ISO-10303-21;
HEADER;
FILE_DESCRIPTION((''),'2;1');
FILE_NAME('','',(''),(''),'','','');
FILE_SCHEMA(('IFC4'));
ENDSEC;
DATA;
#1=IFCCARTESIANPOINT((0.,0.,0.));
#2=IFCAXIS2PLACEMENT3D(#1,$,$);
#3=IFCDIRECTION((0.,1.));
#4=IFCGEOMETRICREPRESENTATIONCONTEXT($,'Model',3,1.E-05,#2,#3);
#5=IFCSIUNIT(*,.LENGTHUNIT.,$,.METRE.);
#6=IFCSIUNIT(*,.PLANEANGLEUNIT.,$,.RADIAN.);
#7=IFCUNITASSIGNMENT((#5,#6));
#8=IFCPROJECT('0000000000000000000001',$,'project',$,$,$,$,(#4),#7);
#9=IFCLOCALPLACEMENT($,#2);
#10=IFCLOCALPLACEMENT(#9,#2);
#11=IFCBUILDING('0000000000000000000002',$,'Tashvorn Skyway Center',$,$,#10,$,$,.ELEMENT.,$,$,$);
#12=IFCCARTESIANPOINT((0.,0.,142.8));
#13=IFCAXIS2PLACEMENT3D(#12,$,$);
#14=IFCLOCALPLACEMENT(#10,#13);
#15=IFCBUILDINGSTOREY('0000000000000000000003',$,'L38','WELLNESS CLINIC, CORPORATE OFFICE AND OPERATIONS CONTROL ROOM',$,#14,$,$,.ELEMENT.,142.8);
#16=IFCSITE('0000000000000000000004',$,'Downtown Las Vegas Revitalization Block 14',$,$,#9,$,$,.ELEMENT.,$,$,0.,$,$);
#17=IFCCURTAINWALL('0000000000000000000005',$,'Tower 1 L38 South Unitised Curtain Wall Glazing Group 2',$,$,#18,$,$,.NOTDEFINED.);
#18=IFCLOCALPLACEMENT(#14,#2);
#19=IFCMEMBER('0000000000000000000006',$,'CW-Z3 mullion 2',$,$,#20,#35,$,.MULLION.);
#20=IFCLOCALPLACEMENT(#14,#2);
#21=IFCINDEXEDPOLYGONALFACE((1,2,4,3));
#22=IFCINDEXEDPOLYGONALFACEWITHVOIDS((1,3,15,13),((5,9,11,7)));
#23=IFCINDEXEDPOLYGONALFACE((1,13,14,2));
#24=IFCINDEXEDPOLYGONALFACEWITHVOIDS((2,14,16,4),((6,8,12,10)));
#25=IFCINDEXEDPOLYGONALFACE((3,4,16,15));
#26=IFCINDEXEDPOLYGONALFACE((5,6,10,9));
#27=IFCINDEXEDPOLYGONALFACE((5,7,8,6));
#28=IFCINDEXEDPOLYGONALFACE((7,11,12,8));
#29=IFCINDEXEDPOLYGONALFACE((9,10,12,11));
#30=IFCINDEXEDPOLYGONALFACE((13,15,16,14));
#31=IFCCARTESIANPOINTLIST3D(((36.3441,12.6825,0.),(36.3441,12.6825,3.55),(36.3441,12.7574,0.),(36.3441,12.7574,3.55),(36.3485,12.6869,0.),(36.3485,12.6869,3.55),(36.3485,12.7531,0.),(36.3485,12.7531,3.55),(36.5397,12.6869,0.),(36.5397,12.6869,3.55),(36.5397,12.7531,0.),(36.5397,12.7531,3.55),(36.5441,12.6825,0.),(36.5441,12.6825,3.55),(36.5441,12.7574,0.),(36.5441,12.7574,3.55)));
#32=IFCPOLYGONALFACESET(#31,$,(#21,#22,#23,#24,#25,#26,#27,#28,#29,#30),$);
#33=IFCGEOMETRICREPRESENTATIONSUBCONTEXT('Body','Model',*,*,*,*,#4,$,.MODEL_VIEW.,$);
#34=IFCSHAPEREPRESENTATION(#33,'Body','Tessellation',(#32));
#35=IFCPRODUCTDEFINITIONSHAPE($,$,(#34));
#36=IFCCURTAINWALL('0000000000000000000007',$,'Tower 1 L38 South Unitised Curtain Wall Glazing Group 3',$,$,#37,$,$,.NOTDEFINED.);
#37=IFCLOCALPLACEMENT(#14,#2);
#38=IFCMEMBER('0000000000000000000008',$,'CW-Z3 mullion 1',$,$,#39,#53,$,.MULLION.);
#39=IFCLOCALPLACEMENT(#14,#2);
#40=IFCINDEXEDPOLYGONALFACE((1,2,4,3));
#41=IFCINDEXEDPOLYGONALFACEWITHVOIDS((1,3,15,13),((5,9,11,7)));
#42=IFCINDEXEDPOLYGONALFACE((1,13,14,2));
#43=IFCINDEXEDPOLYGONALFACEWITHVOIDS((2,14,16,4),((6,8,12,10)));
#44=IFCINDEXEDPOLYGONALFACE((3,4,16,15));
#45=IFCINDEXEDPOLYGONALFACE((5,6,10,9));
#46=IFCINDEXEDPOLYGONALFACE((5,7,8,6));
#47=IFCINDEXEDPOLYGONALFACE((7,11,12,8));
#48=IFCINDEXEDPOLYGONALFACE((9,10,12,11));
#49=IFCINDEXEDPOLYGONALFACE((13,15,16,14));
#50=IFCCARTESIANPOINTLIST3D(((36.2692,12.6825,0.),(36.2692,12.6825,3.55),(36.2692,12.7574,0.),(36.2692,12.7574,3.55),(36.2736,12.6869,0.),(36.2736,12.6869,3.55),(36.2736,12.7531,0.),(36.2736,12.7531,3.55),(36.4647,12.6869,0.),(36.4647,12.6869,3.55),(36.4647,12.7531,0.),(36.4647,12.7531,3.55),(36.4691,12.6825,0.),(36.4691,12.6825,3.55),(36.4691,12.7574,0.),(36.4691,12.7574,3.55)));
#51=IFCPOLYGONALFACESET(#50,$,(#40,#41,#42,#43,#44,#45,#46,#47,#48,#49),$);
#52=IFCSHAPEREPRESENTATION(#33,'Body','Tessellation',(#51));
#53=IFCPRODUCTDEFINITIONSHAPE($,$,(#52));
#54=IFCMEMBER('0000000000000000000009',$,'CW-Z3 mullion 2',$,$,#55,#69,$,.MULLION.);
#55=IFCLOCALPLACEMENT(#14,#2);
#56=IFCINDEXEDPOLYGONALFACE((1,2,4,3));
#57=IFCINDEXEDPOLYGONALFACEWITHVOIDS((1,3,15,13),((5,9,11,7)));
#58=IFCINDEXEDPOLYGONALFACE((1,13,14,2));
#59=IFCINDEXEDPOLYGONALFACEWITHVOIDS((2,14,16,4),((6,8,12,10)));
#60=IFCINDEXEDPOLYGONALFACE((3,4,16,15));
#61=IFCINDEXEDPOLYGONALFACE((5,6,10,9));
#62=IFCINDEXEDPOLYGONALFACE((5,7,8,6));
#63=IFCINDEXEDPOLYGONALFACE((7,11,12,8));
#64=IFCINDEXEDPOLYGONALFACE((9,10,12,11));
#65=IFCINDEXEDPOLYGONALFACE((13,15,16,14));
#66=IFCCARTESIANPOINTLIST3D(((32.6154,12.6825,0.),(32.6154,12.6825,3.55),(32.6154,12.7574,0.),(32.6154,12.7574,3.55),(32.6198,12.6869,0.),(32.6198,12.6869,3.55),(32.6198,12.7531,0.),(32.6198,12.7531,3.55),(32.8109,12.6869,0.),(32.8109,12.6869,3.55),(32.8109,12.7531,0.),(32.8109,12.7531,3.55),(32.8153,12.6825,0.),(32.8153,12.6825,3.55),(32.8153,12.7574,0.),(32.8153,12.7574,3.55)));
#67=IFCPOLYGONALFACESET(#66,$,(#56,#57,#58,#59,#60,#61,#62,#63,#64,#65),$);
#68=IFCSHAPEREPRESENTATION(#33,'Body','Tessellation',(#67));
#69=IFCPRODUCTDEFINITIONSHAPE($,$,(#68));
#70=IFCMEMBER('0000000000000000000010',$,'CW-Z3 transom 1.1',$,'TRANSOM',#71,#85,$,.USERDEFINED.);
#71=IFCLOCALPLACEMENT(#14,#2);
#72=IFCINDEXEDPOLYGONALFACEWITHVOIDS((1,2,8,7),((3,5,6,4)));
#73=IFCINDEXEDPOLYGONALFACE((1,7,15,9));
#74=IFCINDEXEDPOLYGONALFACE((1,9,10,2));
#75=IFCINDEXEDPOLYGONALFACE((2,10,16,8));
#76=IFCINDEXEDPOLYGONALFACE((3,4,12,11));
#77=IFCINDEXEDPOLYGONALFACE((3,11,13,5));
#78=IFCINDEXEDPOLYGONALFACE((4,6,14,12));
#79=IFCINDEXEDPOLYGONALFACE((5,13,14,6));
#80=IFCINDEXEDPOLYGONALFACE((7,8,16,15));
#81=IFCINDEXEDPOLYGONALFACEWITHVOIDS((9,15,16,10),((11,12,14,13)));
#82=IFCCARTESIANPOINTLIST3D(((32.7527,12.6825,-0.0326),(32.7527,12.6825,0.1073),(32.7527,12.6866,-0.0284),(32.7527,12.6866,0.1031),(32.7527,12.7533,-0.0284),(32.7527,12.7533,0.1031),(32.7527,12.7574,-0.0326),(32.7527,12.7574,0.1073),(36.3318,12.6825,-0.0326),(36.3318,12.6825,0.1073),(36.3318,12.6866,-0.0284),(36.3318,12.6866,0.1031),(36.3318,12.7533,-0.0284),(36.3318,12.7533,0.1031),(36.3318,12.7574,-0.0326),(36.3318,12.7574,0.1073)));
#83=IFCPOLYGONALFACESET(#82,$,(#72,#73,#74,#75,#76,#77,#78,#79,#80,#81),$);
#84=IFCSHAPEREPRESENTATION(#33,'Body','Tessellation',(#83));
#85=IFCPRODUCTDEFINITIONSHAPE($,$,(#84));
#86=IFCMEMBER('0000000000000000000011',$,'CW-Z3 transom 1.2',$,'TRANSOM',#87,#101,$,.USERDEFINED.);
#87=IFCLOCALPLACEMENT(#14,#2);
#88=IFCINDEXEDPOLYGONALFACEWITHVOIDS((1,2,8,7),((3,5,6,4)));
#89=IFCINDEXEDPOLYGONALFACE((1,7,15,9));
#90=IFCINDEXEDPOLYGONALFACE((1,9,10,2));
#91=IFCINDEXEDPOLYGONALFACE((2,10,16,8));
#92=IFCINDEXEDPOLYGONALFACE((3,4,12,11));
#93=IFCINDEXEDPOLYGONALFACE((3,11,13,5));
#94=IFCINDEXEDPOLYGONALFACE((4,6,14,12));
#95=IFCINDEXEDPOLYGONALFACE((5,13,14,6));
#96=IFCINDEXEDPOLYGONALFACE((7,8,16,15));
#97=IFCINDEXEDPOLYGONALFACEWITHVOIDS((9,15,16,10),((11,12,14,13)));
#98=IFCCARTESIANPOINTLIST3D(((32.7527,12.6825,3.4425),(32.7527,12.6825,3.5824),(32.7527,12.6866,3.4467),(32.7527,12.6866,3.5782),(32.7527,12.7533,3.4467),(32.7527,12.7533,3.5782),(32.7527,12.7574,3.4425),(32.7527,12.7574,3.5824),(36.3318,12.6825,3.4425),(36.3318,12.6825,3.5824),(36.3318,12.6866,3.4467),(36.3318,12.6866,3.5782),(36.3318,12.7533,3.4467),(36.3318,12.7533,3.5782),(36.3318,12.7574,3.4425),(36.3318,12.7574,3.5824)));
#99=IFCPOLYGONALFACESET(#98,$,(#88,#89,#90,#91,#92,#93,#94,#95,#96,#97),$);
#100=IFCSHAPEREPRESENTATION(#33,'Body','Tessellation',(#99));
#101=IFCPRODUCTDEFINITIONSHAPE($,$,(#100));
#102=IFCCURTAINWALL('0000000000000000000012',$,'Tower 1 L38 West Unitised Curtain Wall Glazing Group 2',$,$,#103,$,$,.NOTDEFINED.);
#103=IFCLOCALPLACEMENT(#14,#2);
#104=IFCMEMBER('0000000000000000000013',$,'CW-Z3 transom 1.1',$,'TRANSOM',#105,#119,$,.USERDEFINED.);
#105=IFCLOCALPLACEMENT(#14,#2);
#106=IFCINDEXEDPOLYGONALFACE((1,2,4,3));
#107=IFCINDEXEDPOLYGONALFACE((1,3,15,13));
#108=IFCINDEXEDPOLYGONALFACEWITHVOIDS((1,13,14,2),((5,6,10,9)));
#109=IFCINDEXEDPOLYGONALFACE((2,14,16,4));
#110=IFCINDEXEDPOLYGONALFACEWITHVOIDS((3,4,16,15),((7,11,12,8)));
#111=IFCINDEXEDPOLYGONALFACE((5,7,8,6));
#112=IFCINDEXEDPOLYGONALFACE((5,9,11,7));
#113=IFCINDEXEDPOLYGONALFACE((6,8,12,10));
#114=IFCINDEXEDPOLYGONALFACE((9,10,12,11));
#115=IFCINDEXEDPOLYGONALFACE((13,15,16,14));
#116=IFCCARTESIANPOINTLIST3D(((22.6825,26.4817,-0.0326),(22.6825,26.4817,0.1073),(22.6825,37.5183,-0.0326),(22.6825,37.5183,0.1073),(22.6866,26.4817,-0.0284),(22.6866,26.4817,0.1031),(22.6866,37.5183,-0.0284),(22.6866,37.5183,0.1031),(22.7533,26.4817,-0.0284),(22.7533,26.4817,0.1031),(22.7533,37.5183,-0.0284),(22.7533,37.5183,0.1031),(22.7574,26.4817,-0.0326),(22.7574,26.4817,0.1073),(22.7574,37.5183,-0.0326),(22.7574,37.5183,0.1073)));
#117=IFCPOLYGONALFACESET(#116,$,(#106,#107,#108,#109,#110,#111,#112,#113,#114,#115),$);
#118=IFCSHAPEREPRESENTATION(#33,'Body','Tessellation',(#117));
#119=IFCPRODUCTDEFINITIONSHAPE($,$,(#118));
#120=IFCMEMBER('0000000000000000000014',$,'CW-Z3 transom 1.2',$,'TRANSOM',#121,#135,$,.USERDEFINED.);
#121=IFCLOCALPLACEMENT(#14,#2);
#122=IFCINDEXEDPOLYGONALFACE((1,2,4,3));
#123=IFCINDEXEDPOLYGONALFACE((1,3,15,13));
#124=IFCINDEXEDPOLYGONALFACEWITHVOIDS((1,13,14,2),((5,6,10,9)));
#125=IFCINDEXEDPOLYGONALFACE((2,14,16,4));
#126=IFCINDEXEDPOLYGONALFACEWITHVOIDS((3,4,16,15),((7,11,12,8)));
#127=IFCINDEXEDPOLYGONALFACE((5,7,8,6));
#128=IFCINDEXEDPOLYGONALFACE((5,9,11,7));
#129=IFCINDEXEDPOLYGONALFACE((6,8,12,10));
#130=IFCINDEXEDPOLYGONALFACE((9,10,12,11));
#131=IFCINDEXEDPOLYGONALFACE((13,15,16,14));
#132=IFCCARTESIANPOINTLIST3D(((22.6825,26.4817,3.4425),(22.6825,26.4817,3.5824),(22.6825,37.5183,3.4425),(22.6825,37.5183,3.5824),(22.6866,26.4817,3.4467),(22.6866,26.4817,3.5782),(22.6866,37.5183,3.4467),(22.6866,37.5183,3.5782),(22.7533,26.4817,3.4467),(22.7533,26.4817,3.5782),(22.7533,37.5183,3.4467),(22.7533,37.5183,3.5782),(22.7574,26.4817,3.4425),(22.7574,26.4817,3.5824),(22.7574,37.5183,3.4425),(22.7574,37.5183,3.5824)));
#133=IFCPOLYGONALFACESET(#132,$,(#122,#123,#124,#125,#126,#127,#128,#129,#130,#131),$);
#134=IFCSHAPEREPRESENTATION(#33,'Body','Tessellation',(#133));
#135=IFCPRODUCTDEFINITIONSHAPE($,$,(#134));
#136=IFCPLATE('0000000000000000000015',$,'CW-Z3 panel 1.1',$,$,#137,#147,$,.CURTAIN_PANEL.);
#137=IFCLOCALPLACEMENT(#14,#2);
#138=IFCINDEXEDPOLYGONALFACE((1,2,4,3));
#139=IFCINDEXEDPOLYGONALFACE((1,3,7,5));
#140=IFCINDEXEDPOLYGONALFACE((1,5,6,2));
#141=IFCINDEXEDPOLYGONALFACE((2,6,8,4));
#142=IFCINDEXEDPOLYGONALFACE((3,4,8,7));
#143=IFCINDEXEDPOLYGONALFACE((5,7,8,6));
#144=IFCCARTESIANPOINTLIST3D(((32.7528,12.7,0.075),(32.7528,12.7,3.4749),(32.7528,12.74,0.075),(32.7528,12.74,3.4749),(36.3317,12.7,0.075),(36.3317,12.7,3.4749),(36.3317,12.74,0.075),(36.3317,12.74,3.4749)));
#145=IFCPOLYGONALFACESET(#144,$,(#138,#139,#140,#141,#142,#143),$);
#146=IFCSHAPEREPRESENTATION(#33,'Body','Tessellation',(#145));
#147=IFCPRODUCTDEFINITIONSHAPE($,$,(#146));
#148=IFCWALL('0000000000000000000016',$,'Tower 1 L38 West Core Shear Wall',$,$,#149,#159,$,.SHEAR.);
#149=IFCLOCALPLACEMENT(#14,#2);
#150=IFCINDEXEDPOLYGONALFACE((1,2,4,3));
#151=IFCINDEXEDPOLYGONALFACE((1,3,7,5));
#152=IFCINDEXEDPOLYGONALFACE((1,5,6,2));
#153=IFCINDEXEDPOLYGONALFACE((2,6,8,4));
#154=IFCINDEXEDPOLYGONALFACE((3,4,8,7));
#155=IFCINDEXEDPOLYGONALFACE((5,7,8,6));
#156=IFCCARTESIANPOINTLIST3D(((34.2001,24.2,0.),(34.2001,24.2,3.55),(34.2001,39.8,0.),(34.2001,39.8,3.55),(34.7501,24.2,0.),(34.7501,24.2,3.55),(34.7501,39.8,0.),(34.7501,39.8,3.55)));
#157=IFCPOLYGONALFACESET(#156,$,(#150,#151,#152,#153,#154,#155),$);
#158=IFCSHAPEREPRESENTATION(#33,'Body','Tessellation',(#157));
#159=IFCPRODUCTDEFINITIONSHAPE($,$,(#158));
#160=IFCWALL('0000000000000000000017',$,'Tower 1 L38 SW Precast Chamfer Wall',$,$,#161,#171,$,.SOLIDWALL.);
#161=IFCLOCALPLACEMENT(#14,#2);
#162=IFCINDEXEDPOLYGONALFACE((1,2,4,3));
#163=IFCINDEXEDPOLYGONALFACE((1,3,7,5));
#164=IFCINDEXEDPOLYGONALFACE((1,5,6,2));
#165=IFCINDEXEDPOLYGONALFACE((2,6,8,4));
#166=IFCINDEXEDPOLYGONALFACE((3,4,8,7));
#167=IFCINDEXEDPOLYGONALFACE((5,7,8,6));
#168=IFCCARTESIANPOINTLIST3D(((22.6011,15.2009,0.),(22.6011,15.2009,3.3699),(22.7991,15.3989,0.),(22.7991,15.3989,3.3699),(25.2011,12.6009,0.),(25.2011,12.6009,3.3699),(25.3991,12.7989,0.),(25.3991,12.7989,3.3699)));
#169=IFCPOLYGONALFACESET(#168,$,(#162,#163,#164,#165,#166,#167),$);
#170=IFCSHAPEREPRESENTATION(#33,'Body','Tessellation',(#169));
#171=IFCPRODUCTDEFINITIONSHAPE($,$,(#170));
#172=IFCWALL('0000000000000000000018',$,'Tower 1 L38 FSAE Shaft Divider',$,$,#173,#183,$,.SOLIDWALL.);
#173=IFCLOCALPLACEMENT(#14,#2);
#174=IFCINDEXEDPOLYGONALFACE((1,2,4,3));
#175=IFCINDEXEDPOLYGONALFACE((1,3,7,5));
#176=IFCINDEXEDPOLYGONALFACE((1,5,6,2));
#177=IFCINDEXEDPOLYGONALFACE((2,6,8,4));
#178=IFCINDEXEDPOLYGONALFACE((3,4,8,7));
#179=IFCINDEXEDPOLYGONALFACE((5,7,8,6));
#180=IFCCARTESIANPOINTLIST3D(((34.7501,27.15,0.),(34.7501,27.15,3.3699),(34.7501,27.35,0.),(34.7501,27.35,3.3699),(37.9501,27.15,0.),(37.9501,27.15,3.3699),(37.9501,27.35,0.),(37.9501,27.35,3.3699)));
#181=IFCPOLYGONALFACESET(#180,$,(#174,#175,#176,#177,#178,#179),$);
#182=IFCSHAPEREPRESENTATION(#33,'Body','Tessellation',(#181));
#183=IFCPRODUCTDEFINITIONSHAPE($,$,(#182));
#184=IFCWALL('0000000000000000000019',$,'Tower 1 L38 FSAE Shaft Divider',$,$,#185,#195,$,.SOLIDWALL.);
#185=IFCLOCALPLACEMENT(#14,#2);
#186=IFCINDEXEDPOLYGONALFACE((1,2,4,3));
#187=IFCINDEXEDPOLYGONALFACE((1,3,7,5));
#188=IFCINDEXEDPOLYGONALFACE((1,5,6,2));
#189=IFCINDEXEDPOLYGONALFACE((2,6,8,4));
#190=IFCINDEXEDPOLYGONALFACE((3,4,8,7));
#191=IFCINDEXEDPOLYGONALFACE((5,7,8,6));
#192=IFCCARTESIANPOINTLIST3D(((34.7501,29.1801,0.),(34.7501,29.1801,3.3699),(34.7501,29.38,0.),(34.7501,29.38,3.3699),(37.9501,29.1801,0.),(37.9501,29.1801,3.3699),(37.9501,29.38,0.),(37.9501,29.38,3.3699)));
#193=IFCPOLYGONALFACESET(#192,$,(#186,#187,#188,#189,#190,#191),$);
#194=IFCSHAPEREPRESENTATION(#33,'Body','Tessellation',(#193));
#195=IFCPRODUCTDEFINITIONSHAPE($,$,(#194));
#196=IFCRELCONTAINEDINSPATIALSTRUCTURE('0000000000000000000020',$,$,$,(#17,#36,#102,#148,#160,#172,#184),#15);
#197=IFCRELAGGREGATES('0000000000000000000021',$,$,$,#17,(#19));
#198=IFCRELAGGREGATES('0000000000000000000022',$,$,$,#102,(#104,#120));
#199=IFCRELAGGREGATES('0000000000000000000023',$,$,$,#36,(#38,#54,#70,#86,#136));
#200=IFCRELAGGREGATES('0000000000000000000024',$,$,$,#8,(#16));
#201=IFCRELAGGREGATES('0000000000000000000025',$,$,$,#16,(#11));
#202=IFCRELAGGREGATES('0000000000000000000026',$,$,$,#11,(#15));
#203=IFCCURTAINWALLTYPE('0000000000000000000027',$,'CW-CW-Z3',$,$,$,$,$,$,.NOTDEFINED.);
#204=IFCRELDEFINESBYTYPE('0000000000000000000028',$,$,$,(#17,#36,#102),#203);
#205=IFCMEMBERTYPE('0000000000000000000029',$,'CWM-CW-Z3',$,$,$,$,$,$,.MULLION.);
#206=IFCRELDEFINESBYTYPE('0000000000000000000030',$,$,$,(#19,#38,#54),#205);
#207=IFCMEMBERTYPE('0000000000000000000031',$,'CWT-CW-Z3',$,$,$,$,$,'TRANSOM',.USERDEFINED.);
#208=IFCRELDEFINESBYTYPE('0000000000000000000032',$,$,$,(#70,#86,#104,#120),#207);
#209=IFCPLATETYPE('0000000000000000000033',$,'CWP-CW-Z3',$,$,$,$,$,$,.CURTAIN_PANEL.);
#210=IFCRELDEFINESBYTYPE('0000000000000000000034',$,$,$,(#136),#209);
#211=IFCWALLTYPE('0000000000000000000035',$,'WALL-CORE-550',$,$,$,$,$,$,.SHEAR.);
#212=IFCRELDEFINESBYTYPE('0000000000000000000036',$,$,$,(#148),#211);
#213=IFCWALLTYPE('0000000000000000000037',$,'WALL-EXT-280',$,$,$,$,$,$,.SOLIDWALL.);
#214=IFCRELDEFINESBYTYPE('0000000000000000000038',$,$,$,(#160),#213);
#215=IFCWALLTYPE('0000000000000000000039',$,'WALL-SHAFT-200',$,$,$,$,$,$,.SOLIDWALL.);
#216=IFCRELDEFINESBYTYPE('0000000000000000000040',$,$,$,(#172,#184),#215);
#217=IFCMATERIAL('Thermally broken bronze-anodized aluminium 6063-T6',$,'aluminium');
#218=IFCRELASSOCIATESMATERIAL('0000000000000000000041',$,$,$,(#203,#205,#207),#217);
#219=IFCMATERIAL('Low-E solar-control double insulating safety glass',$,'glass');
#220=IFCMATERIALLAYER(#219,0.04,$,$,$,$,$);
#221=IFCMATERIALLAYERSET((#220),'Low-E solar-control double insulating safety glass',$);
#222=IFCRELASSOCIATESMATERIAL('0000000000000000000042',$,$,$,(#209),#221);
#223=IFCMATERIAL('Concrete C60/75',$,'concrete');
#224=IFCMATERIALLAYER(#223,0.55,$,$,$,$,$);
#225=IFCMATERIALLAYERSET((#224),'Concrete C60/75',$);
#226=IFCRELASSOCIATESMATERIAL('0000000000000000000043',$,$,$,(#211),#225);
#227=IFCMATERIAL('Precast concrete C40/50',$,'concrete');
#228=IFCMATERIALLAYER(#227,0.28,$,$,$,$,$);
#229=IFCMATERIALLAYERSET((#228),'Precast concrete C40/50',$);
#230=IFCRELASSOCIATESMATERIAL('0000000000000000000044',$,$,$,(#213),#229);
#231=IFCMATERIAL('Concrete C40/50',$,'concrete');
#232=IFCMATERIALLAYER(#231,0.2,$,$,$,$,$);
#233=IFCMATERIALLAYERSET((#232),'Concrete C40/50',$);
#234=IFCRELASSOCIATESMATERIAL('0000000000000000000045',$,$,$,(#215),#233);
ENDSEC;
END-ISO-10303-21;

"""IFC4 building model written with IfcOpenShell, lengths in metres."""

from ifc_helpers import new_model, si_unit, direction, frame, frame_2d, origin, origin_2d, place, context, subcontext, project, spatial, rectangle, hollow_rectangle, extrude, material, layer, layer_set, material_profile, profile_set, type_object, element, aggregate, save


model = new_model("IFC4")

# Units and contexts
model_context = context("Model", 3, precision=1e-05, world=origin(), true_north=direction((0.0, 1.0)))
body_context = subcontext(model_context, "Body", "Model", "MODEL_VIEW")
ifc_project = project(units=[si_unit("LENGTHUNIT", "METRE"), si_unit("PLANEANGLEUNIT", "RADIAN")], contexts=[model_context])

# Site, building, storey
site_placement = place(None, origin())
site = spatial("IfcSite", under=ifc_project, at=site_placement, Name="Downtown Las Vegas Revitalization Block 14", CompositionType="ELEMENT", RefElevation=0.0)
building_placement = place(site_placement, origin())
building = spatial("IfcBuilding", under=site, at=building_placement, Name="Tashvorn Skyway Center", CompositionType="ELEMENT")
storey_placement = place(building_placement, frame((0.0, 0.0, 142.8)))
storey = spatial("IfcBuildingStorey", under=building, at=storey_placement, Name="L38", Description="WELLNESS CLINIC, CORPORATE OFFICE AND OPERATIONS CONTROL ROOM", CompositionType="ELEMENT", Elevation=142.8)

# Curtain wall, member
ifc_material_1 = material(Name="Thermally broken bronze-anodized aluminium 6063-T6", Category="aluminium")
curtain_wall_type = type_object("IfcCurtainWallType", Name="CW-CW-Z3", PredefinedType="NOTDEFINED", material=ifc_material_1)
curtain_wall_1_placement = place(storey_placement, origin())
curtain_wall_1 = element("IfcCurtainWall", 1, at=curtain_wall_1_placement, inside=storey, type_object=curtain_wall_type, Name="Tower 1 L38 South Unitised Curtain Wall Glazing Group 2", PredefinedType="NOTDEFINED")
ifc_material_profile_1 = material_profile(ifc_material_1, hollow_rectangle(XDim=0.075, YDim=0.2, WallThickness=0.0044, at=origin_2d()), Name="ALU-MULL-75x200")
ifc_profile_set_1 = profile_set([ifc_material_profile_1], Name="Thermally broken bronze-anodized aluminium 6063-T6")
member_type_1 = type_object("IfcMemberType", Name="CWM-CW-Z3", PredefinedType="MULLION", material=ifc_profile_set_1)
member_1_placement = place(storey_placement, frame((36.4441, 12.72, 0.0), z_axis=(0.0, 0.0, 1.0), x_axis=(0.0, -1.0, 0.0)))
member_1 = element("IfcMember", 2, at=member_1_placement, type_object=member_type_1, Name="CW-Z3 mullion 2", PredefinedType="MULLION", context=body_context, shape_type="SweptSolid", body=[
    extrude(hollow_rectangle(XDim=0.075, YDim=0.2, WallThickness=0.0044, at=origin_2d()), origin(), (0.0, 0.0, 1.0), 3.55),
])
aggregate(curtain_wall_1, [member_1])

# Curtain walls, members
curtain_wall_2_placement = place(storey_placement, origin())
curtain_wall_2 = element("IfcCurtainWall", 3, at=curtain_wall_2_placement, inside=storey, type_object=curtain_wall_type, Name="Tower 1 L38 South Unitised Curtain Wall Glazing Group 3", PredefinedType="NOTDEFINED")
member_2_placement = place(storey_placement, frame((36.3691, 12.72, 0.0), z_axis=(0.0, 0.0, 1.0), x_axis=(0.0, -1.0, 0.0)))
member_2 = element("IfcMember", 4, at=member_2_placement, type_object=member_type_1, Name="CW-Z3 mullion 1", PredefinedType="MULLION", context=body_context, shape_type="SweptSolid", body=[
    extrude(hollow_rectangle(XDim=0.075, YDim=0.2, WallThickness=0.0044, at=origin_2d()), origin(), (0.0, 0.0, 1.0), 3.55),
])
member_3_placement = place(storey_placement, frame((32.7153, 12.72, 0.0), z_axis=(0.0, 0.0, 1.0), x_axis=(0.0, -1.0, 0.0)))
member_3 = element("IfcMember", 5, at=member_3_placement, type_object=member_type_1, Name="CW-Z3 mullion 2", PredefinedType="MULLION", context=body_context, shape_type="SweptSolid", body=[
    extrude(hollow_rectangle(XDim=0.075, YDim=0.2, WallThickness=0.0044, at=origin_2d()), origin(), (0.0, 0.0, 1.0), 3.55),
])
ifc_material_profile_2 = material_profile(ifc_material_1, hollow_rectangle(XDim=0.075, YDim=0.1399, WallThickness=0.0042, at=origin_2d()), Name="ALU-TRAN-75x140")
ifc_profile_set_2 = profile_set([ifc_material_profile_2], Name="Thermally broken bronze-anodized aluminium 6063-T6")
member_type_2 = type_object("IfcMemberType", Name="CWT-CW-Z3", ElementType="TRANSOM", PredefinedType="USERDEFINED", material=ifc_profile_set_2)
member_4_placement = place(storey_placement, frame((36.3318, 12.72, 0.0374), z_axis=(-1.0, 0.0, 0.0), x_axis=(0.0, -1.0, 0.0)))
member_4 = element("IfcMember", 6, at=member_4_placement, type_object=member_type_2, Name="CW-Z3 transom 1.1", ObjectType="TRANSOM", PredefinedType="USERDEFINED", context=body_context, shape_type="SweptSolid", body=[
    extrude(hollow_rectangle(XDim=0.075, YDim=0.1399, WallThickness=0.0042, at=origin_2d()), origin(), (0.0, 0.0, 1.0), 3.5791),
])
member_5_placement = place(storey_placement, frame((36.3318, 12.72, 3.5125), z_axis=(-1.0, 0.0, 0.0), x_axis=(0.0, -1.0, 0.0)))
member_5 = element("IfcMember", 7, at=member_5_placement, type_object=member_type_2, Name="CW-Z3 transom 1.2", ObjectType="TRANSOM", PredefinedType="USERDEFINED", context=body_context, shape_type="SweptSolid", body=[
    extrude(hollow_rectangle(XDim=0.075, YDim=0.1399, WallThickness=0.0042, at=origin_2d()), origin(), (0.0, 0.0, 1.0), 3.5791),
])
curtain_wall_3_placement = place(storey_placement, origin())
curtain_wall_3 = element("IfcCurtainWall", 8, at=curtain_wall_3_placement, inside=storey, type_object=curtain_wall_type, Name="Tower 1 L38 West Unitised Curtain Wall Glazing Group 2", PredefinedType="NOTDEFINED")
member_6_placement = place(storey_placement, frame((22.72, 26.4817, 0.0374), z_axis=(0.0, 1.0, 0.0), x_axis=(-1.0, 0.0, 0.0)))
member_6 = element("IfcMember", 9, at=member_6_placement, type_object=member_type_2, Name="CW-Z3 transom 1.1", ObjectType="TRANSOM", PredefinedType="USERDEFINED", context=body_context, shape_type="SweptSolid", body=[
    extrude(hollow_rectangle(XDim=0.075, YDim=0.1399, WallThickness=0.0042, at=origin_2d()), origin(), (0.0, 0.0, 1.0), 11.0366),
])
member_7_placement = place(storey_placement, frame((22.72, 26.4817, 3.5125), z_axis=(0.0, 1.0, 0.0), x_axis=(-1.0, 0.0, 0.0)))
member_7 = element("IfcMember", 10, at=member_7_placement, type_object=member_type_2, Name="CW-Z3 transom 1.2", ObjectType="TRANSOM", PredefinedType="USERDEFINED", context=body_context, shape_type="SweptSolid", body=[
    extrude(hollow_rectangle(XDim=0.075, YDim=0.1399, WallThickness=0.0042, at=origin_2d()), origin(), (0.0, 0.0, 1.0), 11.0366),
])
aggregate(curtain_wall_3, [member_6, member_7])

# Plate
ifc_material_2 = material(Name="Low-E solar-control double insulating safety glass", Category="glass")
ifc_layer_1 = layer(ifc_material_2, 0.04)
ifc_layer_set_1 = layer_set([ifc_layer_1], Name="Low-E solar-control double insulating safety glass")
plate_type = type_object("IfcPlateType", Name="CWP-CW-Z3", PredefinedType="CURTAIN_PANEL", material=ifc_layer_set_1)
plate_placement = place(storey_placement, frame((34.5422, 12.72, 0.075), z_axis=(0.0, 0.0, 1.0), x_axis=(-1.0, 0.0, 0.0)))
plate = element("IfcPlate", 11, at=plate_placement, type_object=plate_type, Name="CW-Z3 panel 1.1", PredefinedType="CURTAIN_PANEL", context=body_context, shape_type="SweptSolid", body=[
    extrude(rectangle(XDim=3.5789, YDim=0.04, at=origin_2d()), origin(), (0.0, 0.0, 1.0), 3.3999),
])
aggregate(curtain_wall_2, [member_2, member_3, member_4, member_5, plate])

# Walls
ifc_material_3 = material(Name="Concrete C60/75", Category="concrete")
ifc_layer_2 = layer(ifc_material_3, 0.55)
ifc_layer_set_2 = layer_set([ifc_layer_2], Name="Concrete C60/75")
wall_type_1 = type_object("IfcWallType", Name="WALL-CORE-550", PredefinedType="SHEAR", material=ifc_layer_set_2)
wall_1_placement = place(storey_placement, frame((34.4751, 24.2, 0.0), z_axis=(0.0, 0.0, 1.0), x_axis=(0.0, 1.0, 0.0)))
element("IfcWall", 12, at=wall_1_placement, inside=storey, type_object=wall_type_1, Name="Tower 1 L38 West Core Shear Wall", PredefinedType="SHEAR", context=body_context, shape_type="SweptSolid", body=[
    extrude(rectangle(XDim=15.6001, YDim=0.55, at=frame_2d((7.8, 0.0))), origin(), (0.0, 0.0, 1.0), 3.55),
])
ifc_material_4 = material(Name="Precast concrete C40/50", Category="concrete")
ifc_layer_3 = layer(ifc_material_4, 0.28)
ifc_layer_set_3 = layer_set([ifc_layer_3], Name="Precast concrete C40/50")
wall_type_2 = type_object("IfcWallType", Name="WALL-EXT-280", PredefinedType="SOLIDWALL", material=ifc_layer_set_3)
wall_2_placement = place(storey_placement, frame((25.3, 12.7, 0.0), z_axis=(0.0, 0.0, 1.0), x_axis=(-0.707107, 0.707107, 0.0)))
element("IfcWall", 13, at=wall_2_placement, inside=storey, type_object=wall_type_2, Name="Tower 1 L38 SW Precast Chamfer Wall", PredefinedType="SOLIDWALL", context=body_context, shape_type="SweptSolid", body=[
    extrude(rectangle(XDim=3.677, YDim=0.28, at=frame_2d((1.8384, 0.0))), origin(), (0.0, 0.0, 1.0), 3.3699),
])
ifc_material_5 = material(Name="Concrete C40/50", Category="concrete")
ifc_layer_4 = layer(ifc_material_5, 0.2)
ifc_layer_set_4 = layer_set([ifc_layer_4], Name="Concrete C40/50")
wall_type_3 = type_object("IfcWallType", Name="WALL-SHAFT-200", PredefinedType="SOLIDWALL", material=ifc_layer_set_4)
for number, where, z_axis, x_axis, name in (
    (14, (34.75, 27.25, 0.0), (0.0, 0.0, 1.0), (1.0, 0.0, 0.0), "Tower 1 L38 FSAE Shaft Divider"),
    (15, (34.75, 29.28, 0.0), (0.0, 0.0, 1.0), (1.0, 0.0, 0.0), "Tower 1 L38 FSAE Shaft Divider"),
):
    element("IfcWall", number, at=place(storey_placement, frame(where, z_axis=z_axis, x_axis=x_axis)), inside=storey, type_object=wall_type_3, Name=name, PredefinedType="SOLIDWALL", context=body_context, shape_type="SweptSolid", body=[
        extrude(rectangle(XDim=3.2, YDim=0.2, at=frame_2d((1.6001, 0.0))), origin(), (0.0, 0.0, 1.0), 3.3699),
    ])

save(model, "model.ifc")
